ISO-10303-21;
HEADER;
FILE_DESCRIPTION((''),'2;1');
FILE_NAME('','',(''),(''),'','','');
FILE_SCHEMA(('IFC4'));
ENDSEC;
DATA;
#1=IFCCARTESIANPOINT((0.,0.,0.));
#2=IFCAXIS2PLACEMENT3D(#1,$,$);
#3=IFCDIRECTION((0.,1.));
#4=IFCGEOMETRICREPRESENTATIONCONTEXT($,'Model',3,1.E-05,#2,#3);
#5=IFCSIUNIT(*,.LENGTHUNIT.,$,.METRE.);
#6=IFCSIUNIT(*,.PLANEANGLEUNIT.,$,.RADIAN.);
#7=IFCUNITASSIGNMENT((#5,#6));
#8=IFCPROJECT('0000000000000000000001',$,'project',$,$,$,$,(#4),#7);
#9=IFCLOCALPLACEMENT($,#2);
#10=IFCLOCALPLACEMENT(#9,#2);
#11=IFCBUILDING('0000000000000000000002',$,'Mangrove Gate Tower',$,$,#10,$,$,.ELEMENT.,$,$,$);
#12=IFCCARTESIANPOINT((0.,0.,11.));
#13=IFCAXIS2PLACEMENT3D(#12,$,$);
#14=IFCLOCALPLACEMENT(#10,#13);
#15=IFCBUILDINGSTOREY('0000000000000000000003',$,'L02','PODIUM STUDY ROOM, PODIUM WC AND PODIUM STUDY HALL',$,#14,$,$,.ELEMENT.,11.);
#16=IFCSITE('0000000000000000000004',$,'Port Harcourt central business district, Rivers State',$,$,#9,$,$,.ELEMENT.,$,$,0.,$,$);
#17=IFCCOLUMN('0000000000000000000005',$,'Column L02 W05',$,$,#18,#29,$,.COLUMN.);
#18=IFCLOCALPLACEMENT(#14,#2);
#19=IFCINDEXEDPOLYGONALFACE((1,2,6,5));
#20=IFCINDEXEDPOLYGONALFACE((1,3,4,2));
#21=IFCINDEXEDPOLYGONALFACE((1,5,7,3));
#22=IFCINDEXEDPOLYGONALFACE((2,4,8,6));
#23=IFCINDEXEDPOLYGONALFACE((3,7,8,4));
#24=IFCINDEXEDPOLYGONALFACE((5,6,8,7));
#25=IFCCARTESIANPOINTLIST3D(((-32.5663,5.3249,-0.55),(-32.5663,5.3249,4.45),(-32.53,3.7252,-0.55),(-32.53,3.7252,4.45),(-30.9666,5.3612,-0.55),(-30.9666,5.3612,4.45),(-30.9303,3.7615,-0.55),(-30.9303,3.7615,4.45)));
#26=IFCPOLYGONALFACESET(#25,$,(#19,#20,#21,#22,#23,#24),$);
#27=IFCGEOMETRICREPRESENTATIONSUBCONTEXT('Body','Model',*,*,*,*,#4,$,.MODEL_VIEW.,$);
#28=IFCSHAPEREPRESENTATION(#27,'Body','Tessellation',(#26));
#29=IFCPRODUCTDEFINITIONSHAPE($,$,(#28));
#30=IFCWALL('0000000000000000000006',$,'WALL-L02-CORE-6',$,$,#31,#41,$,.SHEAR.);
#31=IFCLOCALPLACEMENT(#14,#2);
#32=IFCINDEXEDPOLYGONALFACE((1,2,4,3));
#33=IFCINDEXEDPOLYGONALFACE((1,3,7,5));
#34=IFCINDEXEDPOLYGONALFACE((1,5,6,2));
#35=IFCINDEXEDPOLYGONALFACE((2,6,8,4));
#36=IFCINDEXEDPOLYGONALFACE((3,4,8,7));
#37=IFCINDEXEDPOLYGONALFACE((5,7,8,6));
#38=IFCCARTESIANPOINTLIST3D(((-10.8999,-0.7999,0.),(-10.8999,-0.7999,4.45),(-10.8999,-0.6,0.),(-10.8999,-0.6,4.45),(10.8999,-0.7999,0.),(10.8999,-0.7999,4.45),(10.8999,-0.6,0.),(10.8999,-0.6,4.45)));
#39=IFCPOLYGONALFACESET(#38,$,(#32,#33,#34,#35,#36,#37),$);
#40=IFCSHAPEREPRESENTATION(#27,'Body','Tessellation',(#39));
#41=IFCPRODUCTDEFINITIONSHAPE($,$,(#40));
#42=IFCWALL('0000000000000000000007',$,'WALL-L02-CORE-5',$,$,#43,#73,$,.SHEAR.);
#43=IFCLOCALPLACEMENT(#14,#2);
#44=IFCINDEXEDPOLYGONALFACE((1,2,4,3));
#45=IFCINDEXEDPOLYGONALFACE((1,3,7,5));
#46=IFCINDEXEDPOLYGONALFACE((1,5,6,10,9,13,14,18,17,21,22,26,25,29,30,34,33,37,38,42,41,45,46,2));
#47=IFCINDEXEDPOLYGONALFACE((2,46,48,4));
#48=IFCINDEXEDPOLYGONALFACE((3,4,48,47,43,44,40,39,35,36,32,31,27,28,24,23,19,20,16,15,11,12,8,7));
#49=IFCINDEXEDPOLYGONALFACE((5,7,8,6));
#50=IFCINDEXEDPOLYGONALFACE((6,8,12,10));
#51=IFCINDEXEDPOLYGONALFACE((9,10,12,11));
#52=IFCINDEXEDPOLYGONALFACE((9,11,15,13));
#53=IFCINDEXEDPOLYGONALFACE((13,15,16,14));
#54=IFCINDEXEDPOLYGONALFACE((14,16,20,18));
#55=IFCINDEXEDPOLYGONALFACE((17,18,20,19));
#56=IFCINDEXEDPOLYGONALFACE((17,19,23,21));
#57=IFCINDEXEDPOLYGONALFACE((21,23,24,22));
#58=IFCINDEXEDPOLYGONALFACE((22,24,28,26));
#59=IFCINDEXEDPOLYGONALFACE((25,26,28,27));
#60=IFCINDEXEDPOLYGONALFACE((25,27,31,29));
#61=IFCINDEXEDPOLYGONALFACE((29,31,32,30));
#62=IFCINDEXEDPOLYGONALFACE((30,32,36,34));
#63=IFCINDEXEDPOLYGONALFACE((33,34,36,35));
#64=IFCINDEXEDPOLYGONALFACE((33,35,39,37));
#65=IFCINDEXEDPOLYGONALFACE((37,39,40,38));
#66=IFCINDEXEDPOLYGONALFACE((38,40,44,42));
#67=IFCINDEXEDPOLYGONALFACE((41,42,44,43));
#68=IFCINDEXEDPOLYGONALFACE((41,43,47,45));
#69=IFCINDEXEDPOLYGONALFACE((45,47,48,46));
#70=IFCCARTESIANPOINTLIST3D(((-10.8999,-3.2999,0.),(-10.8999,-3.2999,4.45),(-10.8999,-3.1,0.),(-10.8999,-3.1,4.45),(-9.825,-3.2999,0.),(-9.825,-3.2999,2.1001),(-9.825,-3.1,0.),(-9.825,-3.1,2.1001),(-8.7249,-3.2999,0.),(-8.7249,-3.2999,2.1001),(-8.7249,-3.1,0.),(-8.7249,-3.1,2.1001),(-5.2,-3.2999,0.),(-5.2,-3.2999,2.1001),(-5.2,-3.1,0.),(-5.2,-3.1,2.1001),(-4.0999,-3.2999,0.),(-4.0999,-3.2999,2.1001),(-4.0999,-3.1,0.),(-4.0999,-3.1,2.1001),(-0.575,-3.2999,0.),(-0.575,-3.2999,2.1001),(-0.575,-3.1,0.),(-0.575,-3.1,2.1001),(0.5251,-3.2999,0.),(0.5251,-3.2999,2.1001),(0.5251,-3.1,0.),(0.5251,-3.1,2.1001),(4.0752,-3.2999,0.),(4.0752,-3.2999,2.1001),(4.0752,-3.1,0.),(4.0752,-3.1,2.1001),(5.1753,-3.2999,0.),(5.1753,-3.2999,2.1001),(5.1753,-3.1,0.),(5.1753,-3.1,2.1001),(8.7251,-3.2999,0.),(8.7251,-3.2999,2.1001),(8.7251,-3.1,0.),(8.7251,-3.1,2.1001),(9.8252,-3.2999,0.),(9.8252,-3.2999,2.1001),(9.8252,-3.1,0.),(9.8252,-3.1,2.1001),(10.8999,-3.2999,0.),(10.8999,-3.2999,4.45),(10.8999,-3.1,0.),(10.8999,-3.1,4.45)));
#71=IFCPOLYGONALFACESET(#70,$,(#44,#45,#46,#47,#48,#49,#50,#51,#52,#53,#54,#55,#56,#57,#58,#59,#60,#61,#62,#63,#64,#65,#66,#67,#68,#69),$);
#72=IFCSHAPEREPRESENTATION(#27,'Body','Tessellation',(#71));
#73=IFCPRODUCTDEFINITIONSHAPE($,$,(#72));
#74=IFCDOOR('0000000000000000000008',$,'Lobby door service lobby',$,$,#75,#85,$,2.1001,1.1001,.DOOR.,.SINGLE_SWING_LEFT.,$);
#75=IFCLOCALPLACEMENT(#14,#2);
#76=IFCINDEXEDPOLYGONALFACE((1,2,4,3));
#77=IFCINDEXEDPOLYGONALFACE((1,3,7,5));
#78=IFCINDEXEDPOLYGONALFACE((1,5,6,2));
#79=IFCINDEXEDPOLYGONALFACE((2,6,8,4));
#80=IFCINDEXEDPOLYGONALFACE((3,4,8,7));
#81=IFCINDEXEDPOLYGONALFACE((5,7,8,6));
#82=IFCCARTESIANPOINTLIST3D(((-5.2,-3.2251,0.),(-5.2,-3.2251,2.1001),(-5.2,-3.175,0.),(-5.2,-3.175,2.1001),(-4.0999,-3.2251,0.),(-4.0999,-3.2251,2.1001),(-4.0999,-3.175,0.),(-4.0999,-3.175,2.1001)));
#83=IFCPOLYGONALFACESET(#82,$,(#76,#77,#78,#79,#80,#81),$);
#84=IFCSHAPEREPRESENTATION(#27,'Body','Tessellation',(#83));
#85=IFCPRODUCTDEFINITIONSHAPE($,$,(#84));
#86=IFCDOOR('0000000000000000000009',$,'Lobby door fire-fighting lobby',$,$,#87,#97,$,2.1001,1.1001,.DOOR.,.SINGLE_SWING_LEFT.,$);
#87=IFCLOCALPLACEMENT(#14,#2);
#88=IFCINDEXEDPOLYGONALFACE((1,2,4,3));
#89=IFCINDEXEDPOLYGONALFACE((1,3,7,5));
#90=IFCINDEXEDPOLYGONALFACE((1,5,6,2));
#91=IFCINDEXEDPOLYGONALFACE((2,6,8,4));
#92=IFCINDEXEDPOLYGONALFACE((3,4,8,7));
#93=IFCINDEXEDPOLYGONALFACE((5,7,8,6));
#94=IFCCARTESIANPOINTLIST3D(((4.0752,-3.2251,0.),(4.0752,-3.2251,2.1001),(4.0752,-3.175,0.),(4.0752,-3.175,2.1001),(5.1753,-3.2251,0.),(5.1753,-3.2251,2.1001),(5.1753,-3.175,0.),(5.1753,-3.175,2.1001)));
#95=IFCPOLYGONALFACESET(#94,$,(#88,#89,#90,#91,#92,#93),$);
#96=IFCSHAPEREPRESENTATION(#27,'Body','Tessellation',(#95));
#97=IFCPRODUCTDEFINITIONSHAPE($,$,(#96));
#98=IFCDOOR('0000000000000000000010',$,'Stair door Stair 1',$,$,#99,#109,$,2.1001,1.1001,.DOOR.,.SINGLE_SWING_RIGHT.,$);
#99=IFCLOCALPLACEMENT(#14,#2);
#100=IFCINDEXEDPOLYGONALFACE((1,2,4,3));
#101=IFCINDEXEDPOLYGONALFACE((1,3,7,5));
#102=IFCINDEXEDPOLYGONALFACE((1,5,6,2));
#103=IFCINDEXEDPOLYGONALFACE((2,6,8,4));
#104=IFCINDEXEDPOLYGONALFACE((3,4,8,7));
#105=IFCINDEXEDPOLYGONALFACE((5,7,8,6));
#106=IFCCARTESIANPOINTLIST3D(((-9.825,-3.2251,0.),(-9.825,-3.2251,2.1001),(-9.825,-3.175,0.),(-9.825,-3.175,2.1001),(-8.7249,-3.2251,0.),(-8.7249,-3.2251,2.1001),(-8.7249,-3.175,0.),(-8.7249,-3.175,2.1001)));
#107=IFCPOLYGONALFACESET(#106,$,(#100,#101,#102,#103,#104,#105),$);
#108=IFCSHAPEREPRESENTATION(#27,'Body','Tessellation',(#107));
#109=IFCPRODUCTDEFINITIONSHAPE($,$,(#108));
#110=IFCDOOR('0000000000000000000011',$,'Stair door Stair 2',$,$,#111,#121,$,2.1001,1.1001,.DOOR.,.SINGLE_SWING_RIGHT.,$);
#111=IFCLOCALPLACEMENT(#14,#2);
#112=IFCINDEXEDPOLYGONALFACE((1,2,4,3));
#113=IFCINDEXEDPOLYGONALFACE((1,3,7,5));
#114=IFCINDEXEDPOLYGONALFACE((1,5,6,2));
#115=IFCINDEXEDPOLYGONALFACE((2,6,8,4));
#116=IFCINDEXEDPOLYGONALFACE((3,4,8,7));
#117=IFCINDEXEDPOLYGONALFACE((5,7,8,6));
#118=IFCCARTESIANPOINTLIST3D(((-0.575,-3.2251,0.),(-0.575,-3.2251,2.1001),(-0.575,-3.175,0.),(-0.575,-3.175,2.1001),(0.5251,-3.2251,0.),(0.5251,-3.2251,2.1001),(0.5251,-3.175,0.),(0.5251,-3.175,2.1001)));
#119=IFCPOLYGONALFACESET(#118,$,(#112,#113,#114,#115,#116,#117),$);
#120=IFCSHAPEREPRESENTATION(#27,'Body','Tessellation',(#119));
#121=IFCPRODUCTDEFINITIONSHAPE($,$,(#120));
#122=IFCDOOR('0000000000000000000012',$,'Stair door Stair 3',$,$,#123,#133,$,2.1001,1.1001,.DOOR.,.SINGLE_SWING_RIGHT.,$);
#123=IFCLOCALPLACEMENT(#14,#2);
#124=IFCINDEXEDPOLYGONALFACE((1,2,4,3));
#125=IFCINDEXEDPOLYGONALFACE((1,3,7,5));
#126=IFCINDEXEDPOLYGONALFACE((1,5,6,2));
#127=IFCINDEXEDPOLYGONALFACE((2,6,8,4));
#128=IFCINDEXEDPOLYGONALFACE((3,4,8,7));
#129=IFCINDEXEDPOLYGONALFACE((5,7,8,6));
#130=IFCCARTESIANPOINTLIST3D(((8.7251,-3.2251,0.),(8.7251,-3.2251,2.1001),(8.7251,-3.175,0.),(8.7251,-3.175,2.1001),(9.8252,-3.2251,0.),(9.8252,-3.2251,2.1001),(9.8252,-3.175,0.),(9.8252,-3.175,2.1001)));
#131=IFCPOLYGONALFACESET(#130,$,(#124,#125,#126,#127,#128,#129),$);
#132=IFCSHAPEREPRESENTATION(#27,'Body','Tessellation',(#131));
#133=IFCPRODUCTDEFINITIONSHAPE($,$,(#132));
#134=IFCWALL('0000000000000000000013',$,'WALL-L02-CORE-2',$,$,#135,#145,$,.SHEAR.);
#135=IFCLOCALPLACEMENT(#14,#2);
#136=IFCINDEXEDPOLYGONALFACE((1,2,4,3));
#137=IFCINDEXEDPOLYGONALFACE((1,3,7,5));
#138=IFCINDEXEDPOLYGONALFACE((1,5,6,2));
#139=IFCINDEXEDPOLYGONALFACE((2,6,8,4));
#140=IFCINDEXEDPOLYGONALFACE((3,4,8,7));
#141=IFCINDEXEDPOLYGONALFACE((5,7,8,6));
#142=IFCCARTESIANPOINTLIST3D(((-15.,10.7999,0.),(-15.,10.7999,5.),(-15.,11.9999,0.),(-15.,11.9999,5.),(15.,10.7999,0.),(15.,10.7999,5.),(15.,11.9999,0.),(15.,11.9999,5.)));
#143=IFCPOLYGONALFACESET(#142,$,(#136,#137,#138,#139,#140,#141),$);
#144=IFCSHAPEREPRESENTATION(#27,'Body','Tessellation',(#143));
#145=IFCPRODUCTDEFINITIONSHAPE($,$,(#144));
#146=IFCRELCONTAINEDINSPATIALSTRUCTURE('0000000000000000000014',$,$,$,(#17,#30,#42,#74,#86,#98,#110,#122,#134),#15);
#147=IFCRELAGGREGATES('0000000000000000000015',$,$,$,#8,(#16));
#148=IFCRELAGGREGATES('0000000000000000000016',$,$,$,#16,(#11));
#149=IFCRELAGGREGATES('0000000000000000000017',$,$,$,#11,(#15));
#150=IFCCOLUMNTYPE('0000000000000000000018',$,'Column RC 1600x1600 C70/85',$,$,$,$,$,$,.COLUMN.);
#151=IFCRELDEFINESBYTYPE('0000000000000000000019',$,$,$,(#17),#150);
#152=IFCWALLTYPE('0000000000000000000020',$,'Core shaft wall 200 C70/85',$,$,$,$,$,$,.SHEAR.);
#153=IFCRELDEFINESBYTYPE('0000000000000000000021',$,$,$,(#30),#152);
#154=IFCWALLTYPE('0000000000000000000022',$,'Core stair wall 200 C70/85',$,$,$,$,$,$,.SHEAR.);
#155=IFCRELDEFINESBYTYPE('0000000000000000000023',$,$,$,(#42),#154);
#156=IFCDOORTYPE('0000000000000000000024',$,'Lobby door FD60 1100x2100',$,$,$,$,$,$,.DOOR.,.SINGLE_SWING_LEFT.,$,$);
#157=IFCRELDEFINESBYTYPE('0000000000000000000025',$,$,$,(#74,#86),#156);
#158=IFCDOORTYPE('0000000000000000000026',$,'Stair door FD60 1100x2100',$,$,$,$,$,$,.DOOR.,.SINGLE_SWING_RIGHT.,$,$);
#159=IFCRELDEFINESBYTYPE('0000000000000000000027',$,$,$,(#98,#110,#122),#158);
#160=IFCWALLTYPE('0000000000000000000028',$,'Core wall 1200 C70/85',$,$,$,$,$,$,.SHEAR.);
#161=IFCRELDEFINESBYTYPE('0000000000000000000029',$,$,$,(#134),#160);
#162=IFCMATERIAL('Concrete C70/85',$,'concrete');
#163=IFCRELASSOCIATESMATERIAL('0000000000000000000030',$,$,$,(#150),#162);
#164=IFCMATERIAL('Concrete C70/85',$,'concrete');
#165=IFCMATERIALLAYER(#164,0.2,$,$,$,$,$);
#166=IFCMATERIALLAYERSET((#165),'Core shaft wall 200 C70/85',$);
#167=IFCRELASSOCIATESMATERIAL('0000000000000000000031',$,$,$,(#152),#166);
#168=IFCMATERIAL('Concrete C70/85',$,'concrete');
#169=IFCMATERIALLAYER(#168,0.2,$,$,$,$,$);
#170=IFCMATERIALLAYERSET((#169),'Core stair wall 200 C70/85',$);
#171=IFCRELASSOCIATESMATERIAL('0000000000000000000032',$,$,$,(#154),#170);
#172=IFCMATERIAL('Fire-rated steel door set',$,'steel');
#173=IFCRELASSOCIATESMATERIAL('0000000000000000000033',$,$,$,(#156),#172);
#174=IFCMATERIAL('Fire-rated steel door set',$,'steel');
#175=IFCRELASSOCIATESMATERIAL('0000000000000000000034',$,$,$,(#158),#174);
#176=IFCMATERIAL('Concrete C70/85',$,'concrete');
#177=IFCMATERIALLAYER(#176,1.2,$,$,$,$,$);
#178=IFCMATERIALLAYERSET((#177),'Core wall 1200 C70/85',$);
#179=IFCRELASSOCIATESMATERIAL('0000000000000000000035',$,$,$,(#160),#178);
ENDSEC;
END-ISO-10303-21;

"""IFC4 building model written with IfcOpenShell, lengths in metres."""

from ifc_helpers import new_model, si_unit, direction, frame, frame_2d, origin, origin_2d, place, context, subcontext, project, spatial, rectangle, extrude, material, layer, layer_set, material_profile, profile_set, type_object, element, fill, save


model = new_model("IFC4")

# Units and contexts
model_context = context("Model", 3, precision=1e-05, world=origin(), true_north=direction((0.0, 1.0)))
body_context = subcontext(model_context, "Body", "Model", "MODEL_VIEW")
ifc_project = project(units=[si_unit("LENGTHUNIT", "METRE"), si_unit("PLANEANGLEUNIT", "RADIAN")], contexts=[model_context])

# Site, building, storey
site_placement = place(None, origin())
site = spatial("IfcSite", under=ifc_project, at=site_placement, Name="Port Harcourt central business district, Rivers State", CompositionType="ELEMENT", RefElevation=0.0)
building_placement = place(site_placement, origin())
building = spatial("IfcBuilding", under=site, at=building_placement, Name="Mangrove Gate Tower", CompositionType="ELEMENT")
storey_placement = place(building_placement, frame((0.0, 0.0, 11.0)))
storey = spatial("IfcBuildingStorey", under=building, at=storey_placement, Name="L02", Description="PODIUM STUDY ROOM, PODIUM WC AND PODIUM STUDY HALL", CompositionType="ELEMENT", Elevation=11.0)

# Column
ifc_material_1 = material(Name="Concrete C70/85", Category="concrete")
ifc_material_profile = material_profile(ifc_material_1, rectangle(XDim=1.6001, YDim=1.6001, at=origin_2d()))
ifc_profile_set = profile_set([ifc_material_profile], Name="Concrete C70/85")
column_type = type_object("IfcColumnType", Name="Column RC 1600x1600 C70/85", PredefinedType="COLUMN", material=ifc_profile_set)
column_placement = place(storey_placement, frame((-31.7483, 4.5432, -0.55), z_axis=(0.0, 0.0, 1.0), x_axis=(0.02268, -0.999743, 0.0)))
element("IfcColumn", 1, at=column_placement, inside=storey, type_object=column_type, Name="Column L02 W05", PredefinedType="COLUMN", context=body_context, shape_type="SweptSolid", body=[
    extrude(rectangle(XDim=1.6001, YDim=1.6001, at=origin_2d()), origin(), (0.0, 0.0, 1.0), 5.0),
])

# Wall
ifc_material_2 = material(Name="Concrete C70/85", Category="concrete")
ifc_layer_1 = layer(ifc_material_2, 0.2)
ifc_layer_set_1 = layer_set([ifc_layer_1], Name="Core shaft wall 200 C70/85")
wall_type_1 = type_object("IfcWallType", Name="Core shaft wall 200 C70/85", PredefinedType="SHEAR", material=ifc_layer_set_1)
wall_1_placement = place(storey_placement, frame((-10.8999, -0.7, 0.0), z_axis=(0.0, 0.0, 1.0), x_axis=(1.0, 0.0, 0.0)))
element("IfcWall", 2, at=wall_1_placement, inside=storey, type_object=wall_type_1, Name="WALL-L02-CORE-6", PredefinedType="SHEAR", context=body_context, shape_type="SweptSolid", body=[
    extrude(rectangle(XDim=21.7998, YDim=0.2, at=frame_2d((10.8999, 0.0))), origin(), (0.0, 0.0, 1.0), 4.45),
])

# Wall, openings, doors
ifc_material_3 = material(Name="Concrete C70/85", Category="concrete")
ifc_layer_2 = layer(ifc_material_3, 0.2)
ifc_layer_set_2 = layer_set([ifc_layer_2], Name="Core stair wall 200 C70/85")
wall_type_2 = type_object("IfcWallType", Name="Core stair wall 200 C70/85", PredefinedType="SHEAR", material=ifc_layer_set_2)
wall_2_placement = place(storey_placement, frame((-10.8999, -3.2, 0.0), z_axis=(0.0, 0.0, 1.0), x_axis=(1.0, 0.0, 0.0)))
wall_2 = element("IfcWall", 3, at=wall_2_placement, inside=storey, type_object=wall_type_2, Name="WALL-L02-CORE-5", PredefinedType="SHEAR", context=body_context, shape_type="SweptSolid", body=[
    extrude(rectangle(XDim=21.7998, YDim=0.2, at=frame_2d((10.8999, 0.0))), origin(), (0.0, 0.0, 1.0), 4.45),
])
opening_1_placement = place(wall_2_placement, frame((1.075, 0.0, 0.0)))
opening_1 = element("IfcOpeningElement", 4, at=opening_1_placement, cuts=wall_2, PredefinedType="OPENING", context=body_context, shape_type="SweptSolid", body=[
    extrude(rectangle(XDim=1.1001, YDim=2.1001, at=frame_2d((0.55, 1.05))), frame((0.0, 0.1099, 0.0), z_axis=(0.0, -1.0, 0.0), x_axis=(1.0, 0.0, 0.0)), (0.0, 0.0, 1.0), 0.22),
])
opening_2_placement = place(wall_2_placement, frame((10.325, 0.0, 0.0)))
opening_2 = element("IfcOpeningElement", 5, at=opening_2_placement, cuts=wall_2, PredefinedType="OPENING", context=body_context, shape_type="SweptSolid", body=[
    extrude(rectangle(XDim=1.1001, YDim=2.1001, at=frame_2d((0.55, 1.05))), frame((0.0, 0.1099, 0.0), z_axis=(0.0, -1.0, 0.0), x_axis=(1.0, 0.0, 0.0)), (0.0, 0.0, 1.0), 0.22),
])
opening_3_placement = place(wall_2_placement, frame((19.625, 0.0, 0.0)))
opening_3 = element("IfcOpeningElement", 6, at=opening_3_placement, cuts=wall_2, PredefinedType="OPENING", context=body_context, shape_type="SweptSolid", body=[
    extrude(rectangle(XDim=1.1001, YDim=2.1001, at=frame_2d((0.55, 1.05))), frame((0.0, 0.1099, 0.0), z_axis=(0.0, -1.0, 0.0), x_axis=(1.0, 0.0, 0.0)), (0.0, 0.0, 1.0), 0.22),
])
opening_4_placement = place(wall_2_placement, frame((5.7, 0.0, 0.0)))
opening_4 = element("IfcOpeningElement", 7, at=opening_4_placement, cuts=wall_2, PredefinedType="OPENING", context=body_context, shape_type="SweptSolid", body=[
    extrude(rectangle(XDim=1.1001, YDim=2.1001, at=frame_2d((0.55, 1.05))), frame((0.0, 0.1099, 0.0), z_axis=(0.0, -1.0, 0.0), x_axis=(1.0, 0.0, 0.0)), (0.0, 0.0, 1.0), 0.22),
])
opening_5_placement = place(wall_2_placement, frame((14.9751, 0.0, 0.0)))
opening_5 = element("IfcOpeningElement", 8, at=opening_5_placement, cuts=wall_2, PredefinedType="OPENING", context=body_context, shape_type="SweptSolid", body=[
    extrude(rectangle(XDim=1.1001, YDim=2.1001, at=frame_2d((0.55, 1.05))), frame((0.0, 0.1099, 0.0), z_axis=(0.0, -1.0, 0.0), x_axis=(1.0, 0.0, 0.0)), (0.0, 0.0, 1.0), 0.22),
])
ifc_material_4 = material(Name="Fire-rated steel door set", Category="steel")
door_type_1 = type_object("IfcDoorType", Name="Lobby door FD60 1100x2100", OperationType="SINGLE_SWING_LEFT", PredefinedType="DOOR", material=ifc_material_4)
door_1_placement = place(opening_4_placement, origin())
door_1 = element("IfcDoor", 9, at=door_1_placement, inside=storey, type_object=door_type_1, Name="Lobby door service lobby", OperationType="SINGLE_SWING_LEFT", OverallHeight=2.1001, OverallWidth=1.1001, PredefinedType="DOOR", context=body_context, shape_type="SweptSolid", body=[
    extrude(rectangle(XDim=1.1001, YDim=2.1001, at=frame_2d((0.55, 1.05))), frame((0.0, 0.0249, 0.0), z_axis=(0.0, -1.0, 0.0), x_axis=(1.0, 0.0, 0.0)), (0.0, 0.0, 1.0), 0.05),
])
fill(opening_4, door_1)
door_2_placement = place(opening_5_placement, origin())
door_2 = element("IfcDoor", 10, at=door_2_placement, inside=storey, type_object=door_type_1, Name="Lobby door fire-fighting lobby", OperationType="SINGLE_SWING_LEFT", OverallHeight=2.1001, OverallWidth=1.1001, PredefinedType="DOOR", context=body_context, shape_type="SweptSolid", body=[
    extrude(rectangle(XDim=1.1001, YDim=2.1001, at=frame_2d((0.55, 1.05))), frame((0.0, 0.0249, 0.0), z_axis=(0.0, -1.0, 0.0), x_axis=(1.0, 0.0, 0.0)), (0.0, 0.0, 1.0), 0.05),
])
fill(opening_5, door_2)
ifc_material_5 = material(Name="Fire-rated steel door set", Category="steel")
door_type_2 = type_object("IfcDoorType", Name="Stair door FD60 1100x2100", OperationType="SINGLE_SWING_RIGHT", PredefinedType="DOOR", material=ifc_material_5)
door_3_placement = place(opening_1_placement, origin())
door_3 = element("IfcDoor", 11, at=door_3_placement, inside=storey, type_object=door_type_2, Name="Stair door Stair 1", OperationType="SINGLE_SWING_RIGHT", OverallHeight=2.1001, OverallWidth=1.1001, PredefinedType="DOOR", context=body_context, shape_type="SweptSolid", body=[
    extrude(rectangle(XDim=1.1001, YDim=2.1001, at=frame_2d((0.55, 1.05))), frame((0.0, 0.0249, 0.0), z_axis=(0.0, -1.0, 0.0), x_axis=(1.0, 0.0, 0.0)), (0.0, 0.0, 1.0), 0.05),
])
fill(opening_1, door_3)
door_4_placement = place(opening_2_placement, origin())
door_4 = element("IfcDoor", 12, at=door_4_placement, inside=storey, type_object=door_type_2, Name="Stair door Stair 2", OperationType="SINGLE_SWING_RIGHT", OverallHeight=2.1001, OverallWidth=1.1001, PredefinedType="DOOR", context=body_context, shape_type="SweptSolid", body=[
    extrude(rectangle(XDim=1.1001, YDim=2.1001, at=frame_2d((0.55, 1.05))), frame((0.0, 0.0249, 0.0), z_axis=(0.0, -1.0, 0.0), x_axis=(1.0, 0.0, 0.0)), (0.0, 0.0, 1.0), 0.05),
])
fill(opening_2, door_4)
door_5_placement = place(opening_3_placement, origin())
door_5 = element("IfcDoor", 13, at=door_5_placement, inside=storey, type_object=door_type_2, Name="Stair door Stair 3", OperationType="SINGLE_SWING_RIGHT", OverallHeight=2.1001, OverallWidth=1.1001, PredefinedType="DOOR", context=body_context, shape_type="SweptSolid", body=[
    extrude(rectangle(XDim=1.1001, YDim=2.1001, at=frame_2d((0.55, 1.05))), frame((0.0, 0.0249, 0.0), z_axis=(0.0, -1.0, 0.0), x_axis=(1.0, 0.0, 0.0)), (0.0, 0.0, 1.0), 0.05),
])
fill(opening_3, door_5)

# Wall
ifc_material_6 = material(Name="Concrete C70/85", Category="concrete")
ifc_layer_3 = layer(ifc_material_6, 1.2)
ifc_layer_set_3 = layer_set([ifc_layer_3], Name="Core wall 1200 C70/85")
wall_type_3 = type_object("IfcWallType", Name="Core wall 1200 C70/85", PredefinedType="SHEAR", material=ifc_layer_set_3)
wall_3_placement = place(storey_placement, frame((-15.0, 11.3999, 0.0), z_axis=(0.0, 0.0, 1.0), x_axis=(1.0, 0.0, 0.0)))
element("IfcWall", 14, at=wall_3_placement, inside=storey, type_object=wall_type_3, Name="WALL-L02-CORE-2", PredefinedType="SHEAR", context=body_context, shape_type="SweptSolid", body=[
    extrude(rectangle(XDim=30.0, YDim=1.2, at=frame_2d((15.0, 0.0))), origin(), (0.0, 0.0, 1.0), 5.0),
])

save(model, "model.ifc")
